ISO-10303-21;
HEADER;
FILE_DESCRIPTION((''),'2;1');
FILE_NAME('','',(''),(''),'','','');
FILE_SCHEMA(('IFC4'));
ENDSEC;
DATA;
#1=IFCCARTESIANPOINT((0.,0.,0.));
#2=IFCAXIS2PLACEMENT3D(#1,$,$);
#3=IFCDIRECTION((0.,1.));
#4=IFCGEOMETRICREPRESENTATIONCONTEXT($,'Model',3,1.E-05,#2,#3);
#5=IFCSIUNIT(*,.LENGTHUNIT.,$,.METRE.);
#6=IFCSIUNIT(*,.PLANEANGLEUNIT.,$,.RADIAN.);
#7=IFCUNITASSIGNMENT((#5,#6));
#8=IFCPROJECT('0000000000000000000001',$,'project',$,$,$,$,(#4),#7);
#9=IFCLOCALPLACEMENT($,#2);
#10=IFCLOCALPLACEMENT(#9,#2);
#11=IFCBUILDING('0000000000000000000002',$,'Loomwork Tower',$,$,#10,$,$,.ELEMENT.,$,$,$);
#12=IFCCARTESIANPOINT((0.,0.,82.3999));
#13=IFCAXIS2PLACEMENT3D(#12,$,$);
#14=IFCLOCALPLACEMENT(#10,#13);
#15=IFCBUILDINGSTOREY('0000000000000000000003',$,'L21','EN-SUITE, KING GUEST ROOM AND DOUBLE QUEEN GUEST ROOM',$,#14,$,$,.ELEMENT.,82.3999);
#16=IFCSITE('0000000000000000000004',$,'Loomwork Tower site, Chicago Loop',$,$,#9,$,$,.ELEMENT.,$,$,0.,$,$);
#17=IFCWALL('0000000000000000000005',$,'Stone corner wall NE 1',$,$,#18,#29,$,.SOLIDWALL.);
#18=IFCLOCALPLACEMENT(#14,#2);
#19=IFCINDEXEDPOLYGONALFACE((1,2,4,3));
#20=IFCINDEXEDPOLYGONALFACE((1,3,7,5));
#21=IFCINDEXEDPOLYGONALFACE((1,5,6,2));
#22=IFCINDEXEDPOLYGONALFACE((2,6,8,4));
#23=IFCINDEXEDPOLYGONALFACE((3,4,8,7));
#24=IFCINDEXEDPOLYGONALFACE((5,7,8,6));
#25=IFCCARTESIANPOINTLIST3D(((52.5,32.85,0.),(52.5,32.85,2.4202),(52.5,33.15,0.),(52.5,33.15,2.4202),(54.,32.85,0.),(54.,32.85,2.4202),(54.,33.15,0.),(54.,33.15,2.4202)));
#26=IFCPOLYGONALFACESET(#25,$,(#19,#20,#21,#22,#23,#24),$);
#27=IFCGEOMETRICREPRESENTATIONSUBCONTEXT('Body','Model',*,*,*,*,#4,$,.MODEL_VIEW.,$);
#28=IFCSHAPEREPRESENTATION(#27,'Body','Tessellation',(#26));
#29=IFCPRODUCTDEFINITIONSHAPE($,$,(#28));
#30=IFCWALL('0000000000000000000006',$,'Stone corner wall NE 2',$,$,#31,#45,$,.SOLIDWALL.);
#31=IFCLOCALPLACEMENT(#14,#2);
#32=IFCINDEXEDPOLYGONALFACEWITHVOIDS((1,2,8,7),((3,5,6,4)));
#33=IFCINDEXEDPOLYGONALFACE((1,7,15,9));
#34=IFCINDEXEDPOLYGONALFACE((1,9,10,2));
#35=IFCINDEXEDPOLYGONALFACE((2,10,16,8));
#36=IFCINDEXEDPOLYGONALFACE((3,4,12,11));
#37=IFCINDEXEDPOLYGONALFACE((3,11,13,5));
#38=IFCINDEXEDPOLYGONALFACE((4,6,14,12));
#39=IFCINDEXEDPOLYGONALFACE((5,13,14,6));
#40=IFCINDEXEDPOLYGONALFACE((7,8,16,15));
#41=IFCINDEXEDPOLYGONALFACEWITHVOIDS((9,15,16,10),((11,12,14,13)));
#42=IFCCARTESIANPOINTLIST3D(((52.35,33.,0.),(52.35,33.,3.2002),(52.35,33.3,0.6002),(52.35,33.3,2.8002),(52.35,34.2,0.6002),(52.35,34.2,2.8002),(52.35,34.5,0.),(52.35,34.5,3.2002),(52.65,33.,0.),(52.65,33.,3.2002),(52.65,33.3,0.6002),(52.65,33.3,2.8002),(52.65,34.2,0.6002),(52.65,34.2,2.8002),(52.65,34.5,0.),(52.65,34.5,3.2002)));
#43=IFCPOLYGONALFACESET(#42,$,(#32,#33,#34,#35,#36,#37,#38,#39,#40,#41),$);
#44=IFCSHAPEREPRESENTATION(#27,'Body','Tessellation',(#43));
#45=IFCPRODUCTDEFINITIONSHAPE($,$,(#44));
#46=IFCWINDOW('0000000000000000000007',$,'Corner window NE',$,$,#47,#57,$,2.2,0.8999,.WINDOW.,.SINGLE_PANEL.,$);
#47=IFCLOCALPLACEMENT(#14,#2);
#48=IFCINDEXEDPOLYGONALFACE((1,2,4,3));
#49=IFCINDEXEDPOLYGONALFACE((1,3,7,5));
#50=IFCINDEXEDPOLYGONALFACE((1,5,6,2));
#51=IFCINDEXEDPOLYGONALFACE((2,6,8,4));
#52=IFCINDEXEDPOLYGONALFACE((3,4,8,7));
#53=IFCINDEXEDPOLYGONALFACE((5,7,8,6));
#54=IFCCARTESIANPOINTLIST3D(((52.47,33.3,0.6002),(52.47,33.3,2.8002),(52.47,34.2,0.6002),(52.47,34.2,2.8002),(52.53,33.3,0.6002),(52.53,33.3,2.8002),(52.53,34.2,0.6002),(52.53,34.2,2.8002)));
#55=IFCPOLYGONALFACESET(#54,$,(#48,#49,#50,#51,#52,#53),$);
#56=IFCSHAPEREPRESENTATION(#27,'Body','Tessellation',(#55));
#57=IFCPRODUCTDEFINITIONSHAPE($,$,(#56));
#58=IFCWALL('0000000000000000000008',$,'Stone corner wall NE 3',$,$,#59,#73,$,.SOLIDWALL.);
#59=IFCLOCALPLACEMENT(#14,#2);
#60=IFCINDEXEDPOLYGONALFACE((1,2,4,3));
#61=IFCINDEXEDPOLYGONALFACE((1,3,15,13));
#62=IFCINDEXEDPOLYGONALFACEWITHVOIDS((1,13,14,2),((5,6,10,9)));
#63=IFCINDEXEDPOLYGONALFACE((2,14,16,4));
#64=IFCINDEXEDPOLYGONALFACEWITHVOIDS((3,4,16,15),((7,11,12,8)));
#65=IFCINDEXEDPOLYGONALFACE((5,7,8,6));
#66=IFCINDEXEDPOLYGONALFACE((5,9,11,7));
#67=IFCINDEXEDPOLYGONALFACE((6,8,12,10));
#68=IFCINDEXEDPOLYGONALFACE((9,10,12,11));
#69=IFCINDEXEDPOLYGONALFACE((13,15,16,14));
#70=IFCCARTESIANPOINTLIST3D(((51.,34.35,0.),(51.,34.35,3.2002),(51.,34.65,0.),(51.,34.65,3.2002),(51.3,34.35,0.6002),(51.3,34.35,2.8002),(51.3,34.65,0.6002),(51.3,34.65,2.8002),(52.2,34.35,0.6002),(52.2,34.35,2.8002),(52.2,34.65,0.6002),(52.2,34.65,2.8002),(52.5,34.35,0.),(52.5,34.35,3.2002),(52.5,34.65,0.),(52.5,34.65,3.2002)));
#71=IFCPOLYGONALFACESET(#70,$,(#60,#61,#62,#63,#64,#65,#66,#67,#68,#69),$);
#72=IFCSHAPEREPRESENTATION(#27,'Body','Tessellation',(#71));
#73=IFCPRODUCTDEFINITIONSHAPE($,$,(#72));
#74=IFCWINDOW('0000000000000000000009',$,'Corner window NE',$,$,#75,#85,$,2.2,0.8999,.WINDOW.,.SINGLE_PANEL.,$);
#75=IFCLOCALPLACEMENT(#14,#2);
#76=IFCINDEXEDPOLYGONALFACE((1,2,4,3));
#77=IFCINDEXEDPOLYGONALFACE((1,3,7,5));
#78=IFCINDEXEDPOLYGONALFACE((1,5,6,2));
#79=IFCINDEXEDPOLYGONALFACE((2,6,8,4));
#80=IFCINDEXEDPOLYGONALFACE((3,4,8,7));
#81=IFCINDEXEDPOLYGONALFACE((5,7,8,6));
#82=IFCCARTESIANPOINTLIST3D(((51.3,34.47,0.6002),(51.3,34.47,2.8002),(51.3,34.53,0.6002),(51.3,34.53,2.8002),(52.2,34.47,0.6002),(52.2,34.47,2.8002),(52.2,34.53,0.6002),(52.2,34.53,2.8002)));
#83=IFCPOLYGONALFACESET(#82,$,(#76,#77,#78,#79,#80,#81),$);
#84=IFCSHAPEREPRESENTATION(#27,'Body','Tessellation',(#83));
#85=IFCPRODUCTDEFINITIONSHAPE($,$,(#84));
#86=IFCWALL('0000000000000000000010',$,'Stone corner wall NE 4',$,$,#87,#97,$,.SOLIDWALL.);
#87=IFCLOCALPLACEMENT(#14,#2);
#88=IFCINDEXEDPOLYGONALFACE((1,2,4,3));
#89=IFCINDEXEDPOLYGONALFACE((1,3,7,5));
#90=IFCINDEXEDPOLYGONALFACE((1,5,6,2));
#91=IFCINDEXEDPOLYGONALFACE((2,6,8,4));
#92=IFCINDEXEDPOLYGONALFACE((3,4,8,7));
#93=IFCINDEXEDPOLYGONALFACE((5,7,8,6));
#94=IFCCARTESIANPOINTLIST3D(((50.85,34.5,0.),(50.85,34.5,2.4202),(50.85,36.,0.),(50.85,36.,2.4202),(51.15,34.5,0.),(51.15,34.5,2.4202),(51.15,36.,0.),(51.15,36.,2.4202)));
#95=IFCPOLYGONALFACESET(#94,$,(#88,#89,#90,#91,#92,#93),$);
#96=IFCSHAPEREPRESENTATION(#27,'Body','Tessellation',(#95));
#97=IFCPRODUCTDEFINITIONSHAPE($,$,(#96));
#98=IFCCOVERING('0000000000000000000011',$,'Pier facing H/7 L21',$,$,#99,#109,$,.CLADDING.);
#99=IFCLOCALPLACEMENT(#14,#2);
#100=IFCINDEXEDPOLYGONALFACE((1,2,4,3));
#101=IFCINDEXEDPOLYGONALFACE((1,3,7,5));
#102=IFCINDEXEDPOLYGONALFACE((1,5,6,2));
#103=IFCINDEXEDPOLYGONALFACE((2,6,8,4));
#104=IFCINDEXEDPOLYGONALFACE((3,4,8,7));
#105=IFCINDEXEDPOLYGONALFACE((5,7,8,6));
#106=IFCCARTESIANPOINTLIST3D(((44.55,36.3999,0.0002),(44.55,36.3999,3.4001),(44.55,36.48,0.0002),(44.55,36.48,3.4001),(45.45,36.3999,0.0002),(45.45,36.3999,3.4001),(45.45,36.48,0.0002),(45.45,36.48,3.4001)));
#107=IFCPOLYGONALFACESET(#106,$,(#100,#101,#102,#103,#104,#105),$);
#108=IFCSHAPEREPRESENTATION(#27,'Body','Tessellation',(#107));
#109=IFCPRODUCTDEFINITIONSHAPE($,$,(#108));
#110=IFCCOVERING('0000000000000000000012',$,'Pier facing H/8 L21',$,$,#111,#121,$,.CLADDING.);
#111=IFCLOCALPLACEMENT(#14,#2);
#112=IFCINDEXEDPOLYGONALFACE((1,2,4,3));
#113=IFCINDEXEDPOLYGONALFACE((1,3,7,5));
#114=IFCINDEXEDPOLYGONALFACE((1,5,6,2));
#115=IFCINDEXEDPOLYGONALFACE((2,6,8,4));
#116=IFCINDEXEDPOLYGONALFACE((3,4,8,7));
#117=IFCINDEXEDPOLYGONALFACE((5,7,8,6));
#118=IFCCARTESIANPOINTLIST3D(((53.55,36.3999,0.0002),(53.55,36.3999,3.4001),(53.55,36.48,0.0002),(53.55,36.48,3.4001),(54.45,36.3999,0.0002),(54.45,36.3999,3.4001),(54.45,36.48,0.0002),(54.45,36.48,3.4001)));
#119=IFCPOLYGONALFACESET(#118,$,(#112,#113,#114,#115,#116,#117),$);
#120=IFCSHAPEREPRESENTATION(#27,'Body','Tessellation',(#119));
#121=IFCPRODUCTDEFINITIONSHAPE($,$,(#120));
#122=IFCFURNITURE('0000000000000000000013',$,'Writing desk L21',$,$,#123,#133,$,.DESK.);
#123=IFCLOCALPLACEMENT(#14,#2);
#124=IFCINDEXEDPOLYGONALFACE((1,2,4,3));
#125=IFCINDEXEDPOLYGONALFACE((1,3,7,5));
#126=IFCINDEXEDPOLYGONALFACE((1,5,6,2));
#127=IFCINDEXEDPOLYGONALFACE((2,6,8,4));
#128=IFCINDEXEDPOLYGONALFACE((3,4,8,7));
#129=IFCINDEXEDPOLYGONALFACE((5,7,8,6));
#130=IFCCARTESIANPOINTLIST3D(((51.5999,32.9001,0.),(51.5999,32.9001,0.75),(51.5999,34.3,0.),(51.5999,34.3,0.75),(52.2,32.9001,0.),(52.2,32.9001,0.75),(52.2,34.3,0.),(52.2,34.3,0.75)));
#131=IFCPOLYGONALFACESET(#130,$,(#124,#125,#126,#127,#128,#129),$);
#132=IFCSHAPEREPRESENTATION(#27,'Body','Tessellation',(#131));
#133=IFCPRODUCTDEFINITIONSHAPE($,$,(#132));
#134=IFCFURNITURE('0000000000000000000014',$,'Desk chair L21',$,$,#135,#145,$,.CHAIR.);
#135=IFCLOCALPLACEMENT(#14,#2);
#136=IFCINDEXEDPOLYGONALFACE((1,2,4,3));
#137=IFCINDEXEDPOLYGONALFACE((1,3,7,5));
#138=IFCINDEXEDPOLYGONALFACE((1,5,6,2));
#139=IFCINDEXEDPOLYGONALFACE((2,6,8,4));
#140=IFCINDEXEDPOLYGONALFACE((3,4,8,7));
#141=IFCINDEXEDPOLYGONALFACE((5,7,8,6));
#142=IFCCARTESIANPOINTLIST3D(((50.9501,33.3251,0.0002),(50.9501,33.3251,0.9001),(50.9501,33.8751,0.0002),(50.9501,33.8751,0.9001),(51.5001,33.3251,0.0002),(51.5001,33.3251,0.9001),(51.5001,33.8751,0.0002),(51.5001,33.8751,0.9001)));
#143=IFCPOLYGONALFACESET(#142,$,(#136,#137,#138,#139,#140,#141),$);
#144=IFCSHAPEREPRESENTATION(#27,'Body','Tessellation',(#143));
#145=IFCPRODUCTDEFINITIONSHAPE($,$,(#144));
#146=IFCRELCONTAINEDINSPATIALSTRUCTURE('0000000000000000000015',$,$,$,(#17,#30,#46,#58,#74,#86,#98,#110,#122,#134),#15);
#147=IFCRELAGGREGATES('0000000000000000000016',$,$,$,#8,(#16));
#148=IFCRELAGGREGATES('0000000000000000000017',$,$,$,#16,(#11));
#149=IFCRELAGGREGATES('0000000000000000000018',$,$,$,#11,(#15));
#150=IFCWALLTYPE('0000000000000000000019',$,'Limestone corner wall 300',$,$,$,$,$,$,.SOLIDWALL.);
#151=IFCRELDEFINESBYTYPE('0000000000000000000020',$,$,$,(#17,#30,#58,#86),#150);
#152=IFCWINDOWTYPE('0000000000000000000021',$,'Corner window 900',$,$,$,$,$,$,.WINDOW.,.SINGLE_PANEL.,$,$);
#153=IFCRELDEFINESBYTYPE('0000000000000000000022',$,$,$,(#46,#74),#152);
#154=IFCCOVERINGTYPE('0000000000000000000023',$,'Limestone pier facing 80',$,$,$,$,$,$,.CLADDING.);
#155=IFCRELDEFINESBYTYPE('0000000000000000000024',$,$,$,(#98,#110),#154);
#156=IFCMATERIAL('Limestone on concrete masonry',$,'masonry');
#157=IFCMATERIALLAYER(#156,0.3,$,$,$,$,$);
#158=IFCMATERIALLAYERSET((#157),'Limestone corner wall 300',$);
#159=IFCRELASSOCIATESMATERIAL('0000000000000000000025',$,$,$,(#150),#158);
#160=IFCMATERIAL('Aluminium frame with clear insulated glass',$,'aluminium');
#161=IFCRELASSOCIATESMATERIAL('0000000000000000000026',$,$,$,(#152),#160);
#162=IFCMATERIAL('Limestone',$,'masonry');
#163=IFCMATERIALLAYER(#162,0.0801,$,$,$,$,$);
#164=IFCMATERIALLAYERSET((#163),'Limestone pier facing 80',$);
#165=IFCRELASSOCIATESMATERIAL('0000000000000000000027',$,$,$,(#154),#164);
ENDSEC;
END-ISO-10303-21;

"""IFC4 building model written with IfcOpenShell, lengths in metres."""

from ifc_helpers import new_model, si_unit, direction, frame, frame_2d, origin, origin_2d, place, context, subcontext, project, spatial, rectangle, extrude, material, layer, layer_set, type_object, element, fill, save


model = new_model("IFC4")

# Units and contexts
model_context = context("Model", 3, precision=1e-05, world=origin(), true_north=direction((0.0, 1.0)))
body_context = subcontext(model_context, "Body", "Model", "MODEL_VIEW")
ifc_project = project(units=[si_unit("LENGTHUNIT", "METRE"), si_unit("PLANEANGLEUNIT", "RADIAN")], contexts=[model_context])

# Site, building, storey
site_placement = place(None, origin())
site = spatial("IfcSite", under=ifc_project, at=site_placement, Name="Loomwork Tower site, Chicago Loop", CompositionType="ELEMENT", RefElevation=0.0)
building_placement = place(site_placement, origin())
building = spatial("IfcBuilding", under=site, at=building_placement, Name="Loomwork Tower", CompositionType="ELEMENT")
storey_placement = place(building_placement, frame((0.0, 0.0, 82.3999)))
storey = spatial("IfcBuildingStorey", under=building, at=storey_placement, Name="L21", Description="EN-SUITE, KING GUEST ROOM AND DOUBLE QUEEN GUEST ROOM", CompositionType="ELEMENT", Elevation=82.3999)

# Wall
ifc_material_1 = material(Name="Limestone on concrete masonry", Category="masonry")
ifc_layer_1 = layer(ifc_material_1, 0.3)
ifc_layer_set_1 = layer_set([ifc_layer_1], Name="Limestone corner wall 300")
wall_type_1 = type_object("IfcWallType", Name="Limestone corner wall 300", PredefinedType="SOLIDWALL", material=ifc_layer_set_1)
wall_1_placement = place(storey_placement, frame((54.0, 33.0, 0.0), z_axis=(0.0, 0.0, 1.0), x_axis=(-1.0, 0.0, 0.0)))
element("IfcWall", 1, at=wall_1_placement, inside=storey, type_object=wall_type_1, Name="Stone corner wall NE 1", PredefinedType="SOLIDWALL", context=body_context, shape_type="SweptSolid", body=[
    extrude(rectangle(XDim=1.5, YDim=0.3, at=frame_2d((0.75, 0.0))), origin(), (0.0, 0.0, 1.0), 2.4202),
])

# Walls, openings, windows
wall_2_placement = place(storey_placement, frame((52.5, 33.0, 0.0), z_axis=(0.0, 0.0, 1.0), x_axis=(0.0, 1.0, 0.0)))
wall_2 = element("IfcWall", 2, at=wall_2_placement, inside=storey, type_object=wall_type_1, Name="Stone corner wall NE 2", PredefinedType="SOLIDWALL", context=body_context, shape_type="SweptSolid", body=[
    extrude(rectangle(XDim=1.5, YDim=0.3, at=frame_2d((0.75, 0.0))), origin(), (0.0, 0.0, 1.0), 3.2002),
])
opening_1_placement = place(wall_2_placement, frame((0.3, 0.0, 0.6001)))
opening_1 = element("IfcOpeningElement", 3, at=opening_1_placement, cuts=wall_2, PredefinedType="OPENING", context=body_context, shape_type="SweptSolid", body=[
    extrude(rectangle(XDim=0.8999, YDim=2.2, at=frame_2d((0.45, 1.1001))), frame((0.0, 0.1599, 0.0), z_axis=(0.0, -1.0, 0.0), x_axis=(1.0, 0.0, 0.0)), (0.0, 0.0, 1.0), 0.3201),
])
ifc_material_2 = material(Name="Aluminium frame with clear insulated glass", Category="aluminium")
window_type_1 = type_object("IfcWindowType", Name="Corner window 900", PartitioningType="SINGLE_PANEL", PredefinedType="WINDOW", material=ifc_material_2)
window_1_placement = place(opening_1_placement, origin())
window_1 = element("IfcWindow", 4, at=window_1_placement, inside=storey, type_object=window_type_1, Name="Corner window NE", OverallHeight=2.2, OverallWidth=0.8999, PartitioningType="SINGLE_PANEL", PredefinedType="WINDOW", context=body_context, shape_type="SweptSolid", body=[
    extrude(rectangle(XDim=0.8999, YDim=2.2, at=frame_2d((0.45, 1.1001))), frame((0.0, 0.03, 0.0), z_axis=(0.0, -1.0, 0.0), x_axis=(1.0, 0.0, 0.0)), (0.0, 0.0, 1.0), 0.0601),
])
fill(opening_1, window_1)
wall_3_placement = place(storey_placement, frame((52.5, 34.5, 0.0), z_axis=(0.0, 0.0, 1.0), x_axis=(-1.0, 0.0, 0.0)))
wall_3 = element("IfcWall", 5, at=wall_3_placement, inside=storey, type_object=wall_type_1, Name="Stone corner wall NE 3", PredefinedType="SOLIDWALL", context=body_context, shape_type="SweptSolid", body=[
    extrude(rectangle(XDim=1.5, YDim=0.3, at=frame_2d((0.75, 0.0))), origin(), (0.0, 0.0, 1.0), 3.2002),
])
opening_2_placement = place(wall_3_placement, frame((0.3, 0.0, 0.6001)))
opening_2 = element("IfcOpeningElement", 6, at=opening_2_placement, cuts=wall_3, PredefinedType="OPENING", context=body_context, shape_type="SweptSolid", body=[
    extrude(rectangle(XDim=0.8999, YDim=2.2, at=frame_2d((0.45, 1.1001))), frame((0.0, 0.1599, 0.0), z_axis=(0.0, -1.0, 0.0), x_axis=(1.0, 0.0, 0.0)), (0.0, 0.0, 1.0), 0.3201),
])
window_2_placement = place(opening_2_placement, origin())
window_2 = element("IfcWindow", 7, at=window_2_placement, inside=storey, type_object=window_type_1, Name="Corner window NE", OverallHeight=2.2, OverallWidth=0.8999, PartitioningType="SINGLE_PANEL", PredefinedType="WINDOW", context=body_context, shape_type="SweptSolid", body=[
    extrude(rectangle(XDim=0.8999, YDim=2.2, at=frame_2d((0.45, 1.1001))), frame((0.0, 0.03, 0.0), z_axis=(0.0, -1.0, 0.0), x_axis=(1.0, 0.0, 0.0)), (0.0, 0.0, 1.0), 0.0601),
])
fill(opening_2, window_2)

# Wall
wall_4_placement = place(storey_placement, frame((51.0, 34.5, 0.0), z_axis=(0.0, 0.0, 1.0), x_axis=(0.0, 1.0, 0.0)))
element("IfcWall", 8, at=wall_4_placement, inside=storey, type_object=wall_type_1, Name="Stone corner wall NE 4", PredefinedType="SOLIDWALL", context=body_context, shape_type="SweptSolid", body=[
    extrude(rectangle(XDim=1.5, YDim=0.3, at=frame_2d((0.75, 0.0))), origin(), (0.0, 0.0, 1.0), 2.4202),
])

# Coverings
ifc_material_3 = material(Name="Limestone", Category="masonry")
ifc_layer_2 = layer(ifc_material_3, 0.0801)
ifc_layer_set_2 = layer_set([ifc_layer_2], Name="Limestone pier facing 80")
covering_type = type_object("IfcCoveringType", Name="Limestone pier facing 80", PredefinedType="CLADDING", material=ifc_layer_set_2)
for number, where, z_axis, x_axis, name in (
    (9, (45.0, 36.4399, 0.0002), (0.0, 0.0, 1.0), (1.0, 0.0, 0.0), "Pier facing H/7 L21"),
    (10, (54.0, 36.4399, 0.0002), (0.0, 0.0, 1.0), (1.0, 0.0, 0.0), "Pier facing H/8 L21"),
):
    element("IfcCovering", number, at=place(storey_placement, frame(where, z_axis=z_axis, x_axis=x_axis)), inside=storey, type_object=covering_type, Name=name, PredefinedType="CLADDING", context=body_context, shape_type="SweptSolid", body=[
        extrude(rectangle(XDim=0.8999, YDim=0.0801, at=origin_2d()), origin(), (0.0, 0.0, 1.0), 3.3999),
    ])

# Furniture
furniture_1_placement = place(storey_placement, frame((51.8999, 33.6001, 0.0), z_axis=(0.0, 0.0, 1.0), x_axis=(1.0, 0.0, 0.0)))
element("IfcFurniture", 11, at=furniture_1_placement, inside=storey, Name="Writing desk L21", PredefinedType="DESK", context=body_context, shape_type="SweptSolid", body=[
    extrude(rectangle(XDim=0.6001, YDim=1.3999, at=origin_2d()), origin(), (0.0, 0.0, 1.0), 0.75),
])
furniture_2_placement = place(storey_placement, frame((51.2251, 33.6001, 0.0002), z_axis=(0.0, 0.0, 1.0), x_axis=(1.0, 0.0, 0.0)))
element("IfcFurniture", 12, at=furniture_2_placement, inside=storey, Name="Desk chair L21", PredefinedType="CHAIR", context=body_context, shape_type="SweptSolid", body=[
    extrude(rectangle(XDim=0.55, YDim=0.55, at=origin_2d()), origin(), (0.0, 0.0, 1.0), 0.8999),
])

save(model, "model.ifc")
